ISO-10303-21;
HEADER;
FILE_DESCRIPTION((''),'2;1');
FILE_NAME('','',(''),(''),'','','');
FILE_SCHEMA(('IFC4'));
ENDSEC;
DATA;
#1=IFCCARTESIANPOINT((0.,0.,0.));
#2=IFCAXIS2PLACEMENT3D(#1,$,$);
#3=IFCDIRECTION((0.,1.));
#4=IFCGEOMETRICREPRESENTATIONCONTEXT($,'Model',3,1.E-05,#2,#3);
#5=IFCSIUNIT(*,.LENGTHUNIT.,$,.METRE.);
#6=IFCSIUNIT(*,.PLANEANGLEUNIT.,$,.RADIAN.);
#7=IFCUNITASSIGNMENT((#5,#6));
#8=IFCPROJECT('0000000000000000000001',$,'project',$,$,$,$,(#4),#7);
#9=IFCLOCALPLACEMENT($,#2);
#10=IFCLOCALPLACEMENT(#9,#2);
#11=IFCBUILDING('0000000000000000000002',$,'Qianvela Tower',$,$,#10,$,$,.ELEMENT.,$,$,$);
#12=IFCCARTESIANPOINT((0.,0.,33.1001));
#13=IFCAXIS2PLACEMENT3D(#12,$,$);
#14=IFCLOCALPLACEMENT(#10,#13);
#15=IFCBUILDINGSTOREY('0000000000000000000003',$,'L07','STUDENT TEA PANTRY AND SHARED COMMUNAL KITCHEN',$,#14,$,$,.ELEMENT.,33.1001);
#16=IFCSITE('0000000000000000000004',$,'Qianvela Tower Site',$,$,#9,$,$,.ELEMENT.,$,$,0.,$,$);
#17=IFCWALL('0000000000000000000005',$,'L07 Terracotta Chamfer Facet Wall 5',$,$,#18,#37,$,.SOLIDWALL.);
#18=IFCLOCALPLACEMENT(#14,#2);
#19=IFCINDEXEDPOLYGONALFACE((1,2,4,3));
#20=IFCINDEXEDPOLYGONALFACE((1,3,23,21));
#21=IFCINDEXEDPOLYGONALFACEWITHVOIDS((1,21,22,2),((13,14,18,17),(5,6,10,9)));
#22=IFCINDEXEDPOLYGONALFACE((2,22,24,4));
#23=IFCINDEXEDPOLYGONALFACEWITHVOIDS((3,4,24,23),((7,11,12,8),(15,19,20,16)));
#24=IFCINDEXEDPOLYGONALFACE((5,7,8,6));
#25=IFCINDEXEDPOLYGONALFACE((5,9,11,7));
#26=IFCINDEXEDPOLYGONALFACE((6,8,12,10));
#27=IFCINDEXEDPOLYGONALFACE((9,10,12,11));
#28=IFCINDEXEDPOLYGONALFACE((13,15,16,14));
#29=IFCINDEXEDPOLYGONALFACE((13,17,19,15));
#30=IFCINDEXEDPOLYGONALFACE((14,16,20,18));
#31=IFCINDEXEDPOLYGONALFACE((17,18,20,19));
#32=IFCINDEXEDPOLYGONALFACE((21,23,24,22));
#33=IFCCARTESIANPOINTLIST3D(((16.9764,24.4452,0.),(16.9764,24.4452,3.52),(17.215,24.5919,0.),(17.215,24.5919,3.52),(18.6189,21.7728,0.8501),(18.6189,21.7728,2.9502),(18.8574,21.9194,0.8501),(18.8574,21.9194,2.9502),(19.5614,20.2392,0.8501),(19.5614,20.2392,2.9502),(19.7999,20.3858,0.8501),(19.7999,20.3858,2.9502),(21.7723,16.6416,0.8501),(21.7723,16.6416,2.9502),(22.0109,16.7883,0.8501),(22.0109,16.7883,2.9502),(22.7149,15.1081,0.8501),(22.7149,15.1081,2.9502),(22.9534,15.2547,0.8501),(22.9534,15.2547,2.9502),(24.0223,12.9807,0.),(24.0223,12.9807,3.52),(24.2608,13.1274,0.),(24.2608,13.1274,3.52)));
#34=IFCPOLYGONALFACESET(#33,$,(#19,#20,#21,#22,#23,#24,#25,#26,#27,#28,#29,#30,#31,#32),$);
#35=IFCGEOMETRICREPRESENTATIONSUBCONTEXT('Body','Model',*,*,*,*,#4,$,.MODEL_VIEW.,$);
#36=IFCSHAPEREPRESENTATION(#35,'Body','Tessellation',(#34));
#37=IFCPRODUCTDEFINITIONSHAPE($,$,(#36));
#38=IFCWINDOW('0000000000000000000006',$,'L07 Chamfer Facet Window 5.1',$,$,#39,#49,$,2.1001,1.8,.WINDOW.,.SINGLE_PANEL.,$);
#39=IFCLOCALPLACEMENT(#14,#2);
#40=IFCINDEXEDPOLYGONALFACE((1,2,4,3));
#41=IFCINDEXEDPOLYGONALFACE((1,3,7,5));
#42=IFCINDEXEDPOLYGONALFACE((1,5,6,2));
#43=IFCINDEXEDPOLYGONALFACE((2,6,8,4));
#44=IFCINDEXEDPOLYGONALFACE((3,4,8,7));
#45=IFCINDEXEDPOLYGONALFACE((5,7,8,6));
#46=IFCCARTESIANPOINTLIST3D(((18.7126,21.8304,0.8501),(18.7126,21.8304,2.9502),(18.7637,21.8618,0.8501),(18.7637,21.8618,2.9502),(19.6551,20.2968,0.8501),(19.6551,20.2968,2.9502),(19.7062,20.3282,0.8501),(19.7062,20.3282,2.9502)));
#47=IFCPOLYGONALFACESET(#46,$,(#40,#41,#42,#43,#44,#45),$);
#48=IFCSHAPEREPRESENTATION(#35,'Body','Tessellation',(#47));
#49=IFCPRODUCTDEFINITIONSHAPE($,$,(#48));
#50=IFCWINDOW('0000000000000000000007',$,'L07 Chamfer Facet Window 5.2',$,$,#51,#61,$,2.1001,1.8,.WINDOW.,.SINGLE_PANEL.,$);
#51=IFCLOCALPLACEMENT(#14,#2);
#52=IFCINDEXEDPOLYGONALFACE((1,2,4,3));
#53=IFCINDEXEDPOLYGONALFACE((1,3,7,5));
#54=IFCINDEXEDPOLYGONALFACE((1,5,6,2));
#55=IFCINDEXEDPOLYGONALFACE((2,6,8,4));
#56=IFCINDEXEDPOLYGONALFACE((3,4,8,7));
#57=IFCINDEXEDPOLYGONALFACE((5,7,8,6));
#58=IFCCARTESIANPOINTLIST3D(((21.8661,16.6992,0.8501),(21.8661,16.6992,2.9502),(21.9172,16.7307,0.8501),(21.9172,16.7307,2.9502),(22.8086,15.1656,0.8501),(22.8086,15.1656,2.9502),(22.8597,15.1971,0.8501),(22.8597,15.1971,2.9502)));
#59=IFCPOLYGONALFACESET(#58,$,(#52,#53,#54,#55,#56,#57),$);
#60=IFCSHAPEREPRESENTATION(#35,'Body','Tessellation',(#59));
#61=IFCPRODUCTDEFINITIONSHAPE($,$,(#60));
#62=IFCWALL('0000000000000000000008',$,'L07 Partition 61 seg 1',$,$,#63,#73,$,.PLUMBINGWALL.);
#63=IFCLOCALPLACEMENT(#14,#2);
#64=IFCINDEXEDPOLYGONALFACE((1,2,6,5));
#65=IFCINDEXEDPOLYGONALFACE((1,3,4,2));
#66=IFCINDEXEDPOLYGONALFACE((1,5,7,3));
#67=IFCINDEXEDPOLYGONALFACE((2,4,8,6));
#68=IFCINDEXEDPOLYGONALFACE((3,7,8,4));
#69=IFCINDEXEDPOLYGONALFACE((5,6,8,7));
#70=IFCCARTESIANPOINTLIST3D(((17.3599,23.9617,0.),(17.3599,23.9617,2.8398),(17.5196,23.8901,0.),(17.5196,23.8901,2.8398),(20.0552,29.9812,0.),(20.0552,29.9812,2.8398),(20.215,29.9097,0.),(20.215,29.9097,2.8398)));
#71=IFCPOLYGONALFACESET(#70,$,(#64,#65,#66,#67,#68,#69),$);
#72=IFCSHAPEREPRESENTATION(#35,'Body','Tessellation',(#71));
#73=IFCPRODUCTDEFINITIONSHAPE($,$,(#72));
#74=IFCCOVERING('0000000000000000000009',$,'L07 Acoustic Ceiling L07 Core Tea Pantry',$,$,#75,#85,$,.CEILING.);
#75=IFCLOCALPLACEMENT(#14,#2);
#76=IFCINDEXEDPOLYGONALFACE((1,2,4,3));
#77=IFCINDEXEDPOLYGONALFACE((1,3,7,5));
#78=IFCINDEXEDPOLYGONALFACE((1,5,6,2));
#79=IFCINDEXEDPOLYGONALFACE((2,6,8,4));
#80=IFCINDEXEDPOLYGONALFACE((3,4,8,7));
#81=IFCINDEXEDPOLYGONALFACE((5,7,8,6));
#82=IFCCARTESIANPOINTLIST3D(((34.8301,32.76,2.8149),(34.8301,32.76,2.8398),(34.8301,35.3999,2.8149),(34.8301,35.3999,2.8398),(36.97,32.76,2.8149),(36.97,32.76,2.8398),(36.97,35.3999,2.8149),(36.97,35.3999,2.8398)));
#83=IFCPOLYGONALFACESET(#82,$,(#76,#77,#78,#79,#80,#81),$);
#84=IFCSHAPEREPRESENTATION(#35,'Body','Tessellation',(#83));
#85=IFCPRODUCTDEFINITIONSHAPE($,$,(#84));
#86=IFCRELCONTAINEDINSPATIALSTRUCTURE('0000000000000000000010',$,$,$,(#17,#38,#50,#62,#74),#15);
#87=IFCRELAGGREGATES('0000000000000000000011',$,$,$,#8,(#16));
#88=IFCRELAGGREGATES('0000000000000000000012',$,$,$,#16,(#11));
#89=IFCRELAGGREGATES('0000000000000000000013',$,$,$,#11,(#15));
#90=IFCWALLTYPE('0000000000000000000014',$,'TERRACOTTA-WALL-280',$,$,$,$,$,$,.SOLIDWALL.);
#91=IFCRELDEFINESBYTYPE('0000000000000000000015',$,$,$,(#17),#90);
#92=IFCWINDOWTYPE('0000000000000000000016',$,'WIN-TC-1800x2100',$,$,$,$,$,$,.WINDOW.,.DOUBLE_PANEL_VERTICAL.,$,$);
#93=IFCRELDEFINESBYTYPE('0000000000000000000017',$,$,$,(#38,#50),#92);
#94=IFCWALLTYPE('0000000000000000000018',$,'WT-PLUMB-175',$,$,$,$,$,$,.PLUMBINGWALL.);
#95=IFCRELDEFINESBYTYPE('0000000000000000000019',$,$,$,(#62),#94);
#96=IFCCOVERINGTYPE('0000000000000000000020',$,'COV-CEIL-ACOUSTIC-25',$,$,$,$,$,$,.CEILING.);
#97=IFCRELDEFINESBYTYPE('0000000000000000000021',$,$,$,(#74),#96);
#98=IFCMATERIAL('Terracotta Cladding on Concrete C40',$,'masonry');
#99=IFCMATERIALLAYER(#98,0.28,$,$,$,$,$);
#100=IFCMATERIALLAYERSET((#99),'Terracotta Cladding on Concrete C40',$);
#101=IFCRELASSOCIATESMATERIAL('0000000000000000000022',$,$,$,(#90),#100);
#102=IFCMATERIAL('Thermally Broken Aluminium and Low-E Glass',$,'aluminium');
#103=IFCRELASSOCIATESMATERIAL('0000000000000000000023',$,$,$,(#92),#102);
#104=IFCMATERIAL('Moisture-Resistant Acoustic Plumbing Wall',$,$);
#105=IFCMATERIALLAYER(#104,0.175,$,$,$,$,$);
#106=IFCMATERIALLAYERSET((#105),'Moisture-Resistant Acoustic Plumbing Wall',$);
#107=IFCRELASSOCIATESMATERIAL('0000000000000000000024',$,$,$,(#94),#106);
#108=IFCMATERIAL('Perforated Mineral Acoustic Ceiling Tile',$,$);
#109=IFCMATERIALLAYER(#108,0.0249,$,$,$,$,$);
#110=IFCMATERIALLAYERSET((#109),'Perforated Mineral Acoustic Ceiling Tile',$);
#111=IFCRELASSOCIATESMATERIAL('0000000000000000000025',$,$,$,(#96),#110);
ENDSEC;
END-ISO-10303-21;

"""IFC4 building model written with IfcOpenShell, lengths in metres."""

from ifc_helpers import new_model, si_unit, direction, frame, frame_2d, origin, place, context, subcontext, project, spatial, polyline, rectangle, outline, extrude, material, layer, layer_set, type_object, element, fill, save


model = new_model("IFC4")

# Units and contexts
model_context = context("Model", 3, precision=1e-05, world=origin(), true_north=direction((0.0, 1.0)))
body_context = subcontext(model_context, "Body", "Model", "MODEL_VIEW")
ifc_project = project(units=[si_unit("LENGTHUNIT", "METRE"), si_unit("PLANEANGLEUNIT", "RADIAN")], contexts=[model_context])

# Site, building, storey
site_placement = place(None, origin())
site = spatial("IfcSite", under=ifc_project, at=site_placement, Name="Qianvela Tower Site", CompositionType="ELEMENT", RefElevation=0.0)
building_placement = place(site_placement, origin())
building = spatial("IfcBuilding", under=site, at=building_placement, Name="Qianvela Tower", CompositionType="ELEMENT")
storey_placement = place(building_placement, frame((0.0, 0.0, 33.1001)))
storey = spatial("IfcBuildingStorey", under=building, at=storey_placement, Name="L07", Description="STUDENT TEA PANTRY AND SHARED COMMUNAL KITCHEN", CompositionType="ELEMENT", Elevation=33.1001)

# Wall, openings, windows
ifc_material_1 = material(Name="Terracotta Cladding on Concrete C40", Category="masonry")
ifc_layer_1 = layer(ifc_material_1, 0.28)
ifc_layer_set_1 = layer_set([ifc_layer_1], Name="Terracotta Cladding on Concrete C40")
wall_type_1 = type_object("IfcWallType", Name="TERRACOTTA-WALL-280", PredefinedType="SOLIDWALL", material=ifc_layer_set_1)
wall_1_placement = place(storey_placement, frame((17.0957, 24.5186, 0.0), z_axis=(0.0, 0.0, 1.0), x_axis=(0.523599, -0.851965, 0.0)))
wall_1 = element("IfcWall", 1, at=wall_1_placement, inside=storey, type_object=wall_type_1, Name="L07 Terracotta Chamfer Facet Wall 5", PredefinedType="SOLIDWALL", context=body_context, shape_type="SweptSolid", body=[
    extrude(rectangle(XDim=13.4565, YDim=0.28, at=frame_2d((6.7283, 0.0))), origin(), (0.0, 0.0, 1.0), 3.52),
])
opening_1_placement = place(wall_1_placement, frame((3.137, 0.0, 0.8501)))
opening_1 = element("IfcOpeningElement", 2, at=opening_1_placement, cuts=wall_1, PredefinedType="OPENING", context=body_context, shape_type="SweptSolid", body=[
    extrude(rectangle(XDim=1.8, YDim=2.1001, at=frame_2d((0.8999, 1.05))), frame((0.0, 0.1499, 0.0), z_axis=(0.0, -1.0, 0.0), x_axis=(1.0, 0.0, 0.0)), (0.0, 0.0, 1.0), 0.3),
])
opening_2_placement = place(wall_1_placement, frame((9.1597, 0.0, 0.8501)))
opening_2 = element("IfcOpeningElement", 3, at=opening_2_placement, cuts=wall_1, PredefinedType="OPENING", context=body_context, shape_type="SweptSolid", body=[
    extrude(rectangle(XDim=1.8, YDim=2.1001, at=frame_2d((0.8999, 1.05))), frame((0.0, 0.1499, 0.0), z_axis=(0.0, -1.0, 0.0), x_axis=(1.0, 0.0, 0.0)), (0.0, 0.0, 1.0), 0.3),
])
ifc_material_2 = material(Name="Thermally Broken Aluminium and Low-E Glass", Category="aluminium")
window_type = type_object("IfcWindowType", Name="WIN-TC-1800x2100", PartitioningType="DOUBLE_PANEL_VERTICAL", PredefinedType="WINDOW", material=ifc_material_2)
window_1_placement = place(opening_1_placement, origin())
window_1 = element("IfcWindow", 4, at=window_1_placement, inside=storey, type_object=window_type, Name="L07 Chamfer Facet Window 5.1", OverallHeight=2.1001, OverallWidth=1.8, PartitioningType="SINGLE_PANEL", PredefinedType="WINDOW", context=body_context, shape_type="SweptSolid", body=[
    extrude(rectangle(XDim=1.8, YDim=2.1001, at=frame_2d((0.8999, 1.05))), frame((0.0, 0.03, 0.0), z_axis=(0.0, -1.0, 0.0), x_axis=(1.0, 0.0, 0.0)), (0.0, 0.0, 1.0), 0.0601),
])
fill(opening_1, window_1)
window_2_placement = place(opening_2_placement, origin())
window_2 = element("IfcWindow", 5, at=window_2_placement, inside=storey, type_object=window_type, Name="L07 Chamfer Facet Window 5.2", OverallHeight=2.1001, OverallWidth=1.8, PartitioningType="SINGLE_PANEL", PredefinedType="WINDOW", context=body_context, shape_type="SweptSolid", body=[
    extrude(rectangle(XDim=1.8, YDim=2.1001, at=frame_2d((0.8999, 1.05))), frame((0.0, 0.03, 0.0), z_axis=(0.0, -1.0, 0.0), x_axis=(1.0, 0.0, 0.0)), (0.0, 0.0, 1.0), 0.0601),
])
fill(opening_2, window_2)

# Wall
ifc_material_3 = material(Name="Moisture-Resistant Acoustic Plumbing Wall")
ifc_layer_2 = layer(ifc_material_3, 0.175)
ifc_layer_set_2 = layer_set([ifc_layer_2], Name="Moisture-Resistant Acoustic Plumbing Wall")
wall_type_2 = type_object("IfcWallType", Name="WT-PLUMB-175", PredefinedType="PLUMBINGWALL", material=ifc_layer_set_2)
wall_2_placement = place(storey_placement, frame((17.4397, 23.9258, 0.0), z_axis=(0.0, 0.0, 1.0), x_axis=(0.408665, 0.912685, 0.0)))
element("IfcWall", 6, at=wall_2_placement, inside=storey, type_object=wall_type_2, Name="L07 Partition 61 seg 1", PredefinedType="PLUMBINGWALL", context=body_context, shape_type="SweptSolid", body=[
    extrude(rectangle(XDim=6.5955, YDim=0.175, at=frame_2d((3.2979, 0.0))), origin(), (0.0, 0.0, 1.0), 2.8398),
])

# Covering
ifc_material_4 = material(Name="Perforated Mineral Acoustic Ceiling Tile")
ifc_layer_3 = layer(ifc_material_4, 0.0249)
ifc_layer_set_3 = layer_set([ifc_layer_3], Name="Perforated Mineral Acoustic Ceiling Tile")
covering_type_1 = type_object("IfcCoveringType", Name="COV-CEIL-ACOUSTIC-25", PredefinedType="CEILING", material=ifc_layer_set_3)
covering_1_placement = place(storey_placement, frame((0.0, 0.0, 2.8149)))
element("IfcCovering", 7, at=covering_1_placement, inside=storey, type_object=covering_type_1, Name="L07 Acoustic Ceiling L07 Core Tea Pantry", PredefinedType="CEILING", context=body_context, shape_type="SweptSolid", body=[
    extrude(outline(polyline([(36.97, 32.76), (34.8301, 32.76), (34.8301, 35.3999), (36.97, 35.3999), (36.97, 32.76)])), origin(), (0.0, 0.0, 1.0), 0.0249),
])

save(model, "model.ifc")
